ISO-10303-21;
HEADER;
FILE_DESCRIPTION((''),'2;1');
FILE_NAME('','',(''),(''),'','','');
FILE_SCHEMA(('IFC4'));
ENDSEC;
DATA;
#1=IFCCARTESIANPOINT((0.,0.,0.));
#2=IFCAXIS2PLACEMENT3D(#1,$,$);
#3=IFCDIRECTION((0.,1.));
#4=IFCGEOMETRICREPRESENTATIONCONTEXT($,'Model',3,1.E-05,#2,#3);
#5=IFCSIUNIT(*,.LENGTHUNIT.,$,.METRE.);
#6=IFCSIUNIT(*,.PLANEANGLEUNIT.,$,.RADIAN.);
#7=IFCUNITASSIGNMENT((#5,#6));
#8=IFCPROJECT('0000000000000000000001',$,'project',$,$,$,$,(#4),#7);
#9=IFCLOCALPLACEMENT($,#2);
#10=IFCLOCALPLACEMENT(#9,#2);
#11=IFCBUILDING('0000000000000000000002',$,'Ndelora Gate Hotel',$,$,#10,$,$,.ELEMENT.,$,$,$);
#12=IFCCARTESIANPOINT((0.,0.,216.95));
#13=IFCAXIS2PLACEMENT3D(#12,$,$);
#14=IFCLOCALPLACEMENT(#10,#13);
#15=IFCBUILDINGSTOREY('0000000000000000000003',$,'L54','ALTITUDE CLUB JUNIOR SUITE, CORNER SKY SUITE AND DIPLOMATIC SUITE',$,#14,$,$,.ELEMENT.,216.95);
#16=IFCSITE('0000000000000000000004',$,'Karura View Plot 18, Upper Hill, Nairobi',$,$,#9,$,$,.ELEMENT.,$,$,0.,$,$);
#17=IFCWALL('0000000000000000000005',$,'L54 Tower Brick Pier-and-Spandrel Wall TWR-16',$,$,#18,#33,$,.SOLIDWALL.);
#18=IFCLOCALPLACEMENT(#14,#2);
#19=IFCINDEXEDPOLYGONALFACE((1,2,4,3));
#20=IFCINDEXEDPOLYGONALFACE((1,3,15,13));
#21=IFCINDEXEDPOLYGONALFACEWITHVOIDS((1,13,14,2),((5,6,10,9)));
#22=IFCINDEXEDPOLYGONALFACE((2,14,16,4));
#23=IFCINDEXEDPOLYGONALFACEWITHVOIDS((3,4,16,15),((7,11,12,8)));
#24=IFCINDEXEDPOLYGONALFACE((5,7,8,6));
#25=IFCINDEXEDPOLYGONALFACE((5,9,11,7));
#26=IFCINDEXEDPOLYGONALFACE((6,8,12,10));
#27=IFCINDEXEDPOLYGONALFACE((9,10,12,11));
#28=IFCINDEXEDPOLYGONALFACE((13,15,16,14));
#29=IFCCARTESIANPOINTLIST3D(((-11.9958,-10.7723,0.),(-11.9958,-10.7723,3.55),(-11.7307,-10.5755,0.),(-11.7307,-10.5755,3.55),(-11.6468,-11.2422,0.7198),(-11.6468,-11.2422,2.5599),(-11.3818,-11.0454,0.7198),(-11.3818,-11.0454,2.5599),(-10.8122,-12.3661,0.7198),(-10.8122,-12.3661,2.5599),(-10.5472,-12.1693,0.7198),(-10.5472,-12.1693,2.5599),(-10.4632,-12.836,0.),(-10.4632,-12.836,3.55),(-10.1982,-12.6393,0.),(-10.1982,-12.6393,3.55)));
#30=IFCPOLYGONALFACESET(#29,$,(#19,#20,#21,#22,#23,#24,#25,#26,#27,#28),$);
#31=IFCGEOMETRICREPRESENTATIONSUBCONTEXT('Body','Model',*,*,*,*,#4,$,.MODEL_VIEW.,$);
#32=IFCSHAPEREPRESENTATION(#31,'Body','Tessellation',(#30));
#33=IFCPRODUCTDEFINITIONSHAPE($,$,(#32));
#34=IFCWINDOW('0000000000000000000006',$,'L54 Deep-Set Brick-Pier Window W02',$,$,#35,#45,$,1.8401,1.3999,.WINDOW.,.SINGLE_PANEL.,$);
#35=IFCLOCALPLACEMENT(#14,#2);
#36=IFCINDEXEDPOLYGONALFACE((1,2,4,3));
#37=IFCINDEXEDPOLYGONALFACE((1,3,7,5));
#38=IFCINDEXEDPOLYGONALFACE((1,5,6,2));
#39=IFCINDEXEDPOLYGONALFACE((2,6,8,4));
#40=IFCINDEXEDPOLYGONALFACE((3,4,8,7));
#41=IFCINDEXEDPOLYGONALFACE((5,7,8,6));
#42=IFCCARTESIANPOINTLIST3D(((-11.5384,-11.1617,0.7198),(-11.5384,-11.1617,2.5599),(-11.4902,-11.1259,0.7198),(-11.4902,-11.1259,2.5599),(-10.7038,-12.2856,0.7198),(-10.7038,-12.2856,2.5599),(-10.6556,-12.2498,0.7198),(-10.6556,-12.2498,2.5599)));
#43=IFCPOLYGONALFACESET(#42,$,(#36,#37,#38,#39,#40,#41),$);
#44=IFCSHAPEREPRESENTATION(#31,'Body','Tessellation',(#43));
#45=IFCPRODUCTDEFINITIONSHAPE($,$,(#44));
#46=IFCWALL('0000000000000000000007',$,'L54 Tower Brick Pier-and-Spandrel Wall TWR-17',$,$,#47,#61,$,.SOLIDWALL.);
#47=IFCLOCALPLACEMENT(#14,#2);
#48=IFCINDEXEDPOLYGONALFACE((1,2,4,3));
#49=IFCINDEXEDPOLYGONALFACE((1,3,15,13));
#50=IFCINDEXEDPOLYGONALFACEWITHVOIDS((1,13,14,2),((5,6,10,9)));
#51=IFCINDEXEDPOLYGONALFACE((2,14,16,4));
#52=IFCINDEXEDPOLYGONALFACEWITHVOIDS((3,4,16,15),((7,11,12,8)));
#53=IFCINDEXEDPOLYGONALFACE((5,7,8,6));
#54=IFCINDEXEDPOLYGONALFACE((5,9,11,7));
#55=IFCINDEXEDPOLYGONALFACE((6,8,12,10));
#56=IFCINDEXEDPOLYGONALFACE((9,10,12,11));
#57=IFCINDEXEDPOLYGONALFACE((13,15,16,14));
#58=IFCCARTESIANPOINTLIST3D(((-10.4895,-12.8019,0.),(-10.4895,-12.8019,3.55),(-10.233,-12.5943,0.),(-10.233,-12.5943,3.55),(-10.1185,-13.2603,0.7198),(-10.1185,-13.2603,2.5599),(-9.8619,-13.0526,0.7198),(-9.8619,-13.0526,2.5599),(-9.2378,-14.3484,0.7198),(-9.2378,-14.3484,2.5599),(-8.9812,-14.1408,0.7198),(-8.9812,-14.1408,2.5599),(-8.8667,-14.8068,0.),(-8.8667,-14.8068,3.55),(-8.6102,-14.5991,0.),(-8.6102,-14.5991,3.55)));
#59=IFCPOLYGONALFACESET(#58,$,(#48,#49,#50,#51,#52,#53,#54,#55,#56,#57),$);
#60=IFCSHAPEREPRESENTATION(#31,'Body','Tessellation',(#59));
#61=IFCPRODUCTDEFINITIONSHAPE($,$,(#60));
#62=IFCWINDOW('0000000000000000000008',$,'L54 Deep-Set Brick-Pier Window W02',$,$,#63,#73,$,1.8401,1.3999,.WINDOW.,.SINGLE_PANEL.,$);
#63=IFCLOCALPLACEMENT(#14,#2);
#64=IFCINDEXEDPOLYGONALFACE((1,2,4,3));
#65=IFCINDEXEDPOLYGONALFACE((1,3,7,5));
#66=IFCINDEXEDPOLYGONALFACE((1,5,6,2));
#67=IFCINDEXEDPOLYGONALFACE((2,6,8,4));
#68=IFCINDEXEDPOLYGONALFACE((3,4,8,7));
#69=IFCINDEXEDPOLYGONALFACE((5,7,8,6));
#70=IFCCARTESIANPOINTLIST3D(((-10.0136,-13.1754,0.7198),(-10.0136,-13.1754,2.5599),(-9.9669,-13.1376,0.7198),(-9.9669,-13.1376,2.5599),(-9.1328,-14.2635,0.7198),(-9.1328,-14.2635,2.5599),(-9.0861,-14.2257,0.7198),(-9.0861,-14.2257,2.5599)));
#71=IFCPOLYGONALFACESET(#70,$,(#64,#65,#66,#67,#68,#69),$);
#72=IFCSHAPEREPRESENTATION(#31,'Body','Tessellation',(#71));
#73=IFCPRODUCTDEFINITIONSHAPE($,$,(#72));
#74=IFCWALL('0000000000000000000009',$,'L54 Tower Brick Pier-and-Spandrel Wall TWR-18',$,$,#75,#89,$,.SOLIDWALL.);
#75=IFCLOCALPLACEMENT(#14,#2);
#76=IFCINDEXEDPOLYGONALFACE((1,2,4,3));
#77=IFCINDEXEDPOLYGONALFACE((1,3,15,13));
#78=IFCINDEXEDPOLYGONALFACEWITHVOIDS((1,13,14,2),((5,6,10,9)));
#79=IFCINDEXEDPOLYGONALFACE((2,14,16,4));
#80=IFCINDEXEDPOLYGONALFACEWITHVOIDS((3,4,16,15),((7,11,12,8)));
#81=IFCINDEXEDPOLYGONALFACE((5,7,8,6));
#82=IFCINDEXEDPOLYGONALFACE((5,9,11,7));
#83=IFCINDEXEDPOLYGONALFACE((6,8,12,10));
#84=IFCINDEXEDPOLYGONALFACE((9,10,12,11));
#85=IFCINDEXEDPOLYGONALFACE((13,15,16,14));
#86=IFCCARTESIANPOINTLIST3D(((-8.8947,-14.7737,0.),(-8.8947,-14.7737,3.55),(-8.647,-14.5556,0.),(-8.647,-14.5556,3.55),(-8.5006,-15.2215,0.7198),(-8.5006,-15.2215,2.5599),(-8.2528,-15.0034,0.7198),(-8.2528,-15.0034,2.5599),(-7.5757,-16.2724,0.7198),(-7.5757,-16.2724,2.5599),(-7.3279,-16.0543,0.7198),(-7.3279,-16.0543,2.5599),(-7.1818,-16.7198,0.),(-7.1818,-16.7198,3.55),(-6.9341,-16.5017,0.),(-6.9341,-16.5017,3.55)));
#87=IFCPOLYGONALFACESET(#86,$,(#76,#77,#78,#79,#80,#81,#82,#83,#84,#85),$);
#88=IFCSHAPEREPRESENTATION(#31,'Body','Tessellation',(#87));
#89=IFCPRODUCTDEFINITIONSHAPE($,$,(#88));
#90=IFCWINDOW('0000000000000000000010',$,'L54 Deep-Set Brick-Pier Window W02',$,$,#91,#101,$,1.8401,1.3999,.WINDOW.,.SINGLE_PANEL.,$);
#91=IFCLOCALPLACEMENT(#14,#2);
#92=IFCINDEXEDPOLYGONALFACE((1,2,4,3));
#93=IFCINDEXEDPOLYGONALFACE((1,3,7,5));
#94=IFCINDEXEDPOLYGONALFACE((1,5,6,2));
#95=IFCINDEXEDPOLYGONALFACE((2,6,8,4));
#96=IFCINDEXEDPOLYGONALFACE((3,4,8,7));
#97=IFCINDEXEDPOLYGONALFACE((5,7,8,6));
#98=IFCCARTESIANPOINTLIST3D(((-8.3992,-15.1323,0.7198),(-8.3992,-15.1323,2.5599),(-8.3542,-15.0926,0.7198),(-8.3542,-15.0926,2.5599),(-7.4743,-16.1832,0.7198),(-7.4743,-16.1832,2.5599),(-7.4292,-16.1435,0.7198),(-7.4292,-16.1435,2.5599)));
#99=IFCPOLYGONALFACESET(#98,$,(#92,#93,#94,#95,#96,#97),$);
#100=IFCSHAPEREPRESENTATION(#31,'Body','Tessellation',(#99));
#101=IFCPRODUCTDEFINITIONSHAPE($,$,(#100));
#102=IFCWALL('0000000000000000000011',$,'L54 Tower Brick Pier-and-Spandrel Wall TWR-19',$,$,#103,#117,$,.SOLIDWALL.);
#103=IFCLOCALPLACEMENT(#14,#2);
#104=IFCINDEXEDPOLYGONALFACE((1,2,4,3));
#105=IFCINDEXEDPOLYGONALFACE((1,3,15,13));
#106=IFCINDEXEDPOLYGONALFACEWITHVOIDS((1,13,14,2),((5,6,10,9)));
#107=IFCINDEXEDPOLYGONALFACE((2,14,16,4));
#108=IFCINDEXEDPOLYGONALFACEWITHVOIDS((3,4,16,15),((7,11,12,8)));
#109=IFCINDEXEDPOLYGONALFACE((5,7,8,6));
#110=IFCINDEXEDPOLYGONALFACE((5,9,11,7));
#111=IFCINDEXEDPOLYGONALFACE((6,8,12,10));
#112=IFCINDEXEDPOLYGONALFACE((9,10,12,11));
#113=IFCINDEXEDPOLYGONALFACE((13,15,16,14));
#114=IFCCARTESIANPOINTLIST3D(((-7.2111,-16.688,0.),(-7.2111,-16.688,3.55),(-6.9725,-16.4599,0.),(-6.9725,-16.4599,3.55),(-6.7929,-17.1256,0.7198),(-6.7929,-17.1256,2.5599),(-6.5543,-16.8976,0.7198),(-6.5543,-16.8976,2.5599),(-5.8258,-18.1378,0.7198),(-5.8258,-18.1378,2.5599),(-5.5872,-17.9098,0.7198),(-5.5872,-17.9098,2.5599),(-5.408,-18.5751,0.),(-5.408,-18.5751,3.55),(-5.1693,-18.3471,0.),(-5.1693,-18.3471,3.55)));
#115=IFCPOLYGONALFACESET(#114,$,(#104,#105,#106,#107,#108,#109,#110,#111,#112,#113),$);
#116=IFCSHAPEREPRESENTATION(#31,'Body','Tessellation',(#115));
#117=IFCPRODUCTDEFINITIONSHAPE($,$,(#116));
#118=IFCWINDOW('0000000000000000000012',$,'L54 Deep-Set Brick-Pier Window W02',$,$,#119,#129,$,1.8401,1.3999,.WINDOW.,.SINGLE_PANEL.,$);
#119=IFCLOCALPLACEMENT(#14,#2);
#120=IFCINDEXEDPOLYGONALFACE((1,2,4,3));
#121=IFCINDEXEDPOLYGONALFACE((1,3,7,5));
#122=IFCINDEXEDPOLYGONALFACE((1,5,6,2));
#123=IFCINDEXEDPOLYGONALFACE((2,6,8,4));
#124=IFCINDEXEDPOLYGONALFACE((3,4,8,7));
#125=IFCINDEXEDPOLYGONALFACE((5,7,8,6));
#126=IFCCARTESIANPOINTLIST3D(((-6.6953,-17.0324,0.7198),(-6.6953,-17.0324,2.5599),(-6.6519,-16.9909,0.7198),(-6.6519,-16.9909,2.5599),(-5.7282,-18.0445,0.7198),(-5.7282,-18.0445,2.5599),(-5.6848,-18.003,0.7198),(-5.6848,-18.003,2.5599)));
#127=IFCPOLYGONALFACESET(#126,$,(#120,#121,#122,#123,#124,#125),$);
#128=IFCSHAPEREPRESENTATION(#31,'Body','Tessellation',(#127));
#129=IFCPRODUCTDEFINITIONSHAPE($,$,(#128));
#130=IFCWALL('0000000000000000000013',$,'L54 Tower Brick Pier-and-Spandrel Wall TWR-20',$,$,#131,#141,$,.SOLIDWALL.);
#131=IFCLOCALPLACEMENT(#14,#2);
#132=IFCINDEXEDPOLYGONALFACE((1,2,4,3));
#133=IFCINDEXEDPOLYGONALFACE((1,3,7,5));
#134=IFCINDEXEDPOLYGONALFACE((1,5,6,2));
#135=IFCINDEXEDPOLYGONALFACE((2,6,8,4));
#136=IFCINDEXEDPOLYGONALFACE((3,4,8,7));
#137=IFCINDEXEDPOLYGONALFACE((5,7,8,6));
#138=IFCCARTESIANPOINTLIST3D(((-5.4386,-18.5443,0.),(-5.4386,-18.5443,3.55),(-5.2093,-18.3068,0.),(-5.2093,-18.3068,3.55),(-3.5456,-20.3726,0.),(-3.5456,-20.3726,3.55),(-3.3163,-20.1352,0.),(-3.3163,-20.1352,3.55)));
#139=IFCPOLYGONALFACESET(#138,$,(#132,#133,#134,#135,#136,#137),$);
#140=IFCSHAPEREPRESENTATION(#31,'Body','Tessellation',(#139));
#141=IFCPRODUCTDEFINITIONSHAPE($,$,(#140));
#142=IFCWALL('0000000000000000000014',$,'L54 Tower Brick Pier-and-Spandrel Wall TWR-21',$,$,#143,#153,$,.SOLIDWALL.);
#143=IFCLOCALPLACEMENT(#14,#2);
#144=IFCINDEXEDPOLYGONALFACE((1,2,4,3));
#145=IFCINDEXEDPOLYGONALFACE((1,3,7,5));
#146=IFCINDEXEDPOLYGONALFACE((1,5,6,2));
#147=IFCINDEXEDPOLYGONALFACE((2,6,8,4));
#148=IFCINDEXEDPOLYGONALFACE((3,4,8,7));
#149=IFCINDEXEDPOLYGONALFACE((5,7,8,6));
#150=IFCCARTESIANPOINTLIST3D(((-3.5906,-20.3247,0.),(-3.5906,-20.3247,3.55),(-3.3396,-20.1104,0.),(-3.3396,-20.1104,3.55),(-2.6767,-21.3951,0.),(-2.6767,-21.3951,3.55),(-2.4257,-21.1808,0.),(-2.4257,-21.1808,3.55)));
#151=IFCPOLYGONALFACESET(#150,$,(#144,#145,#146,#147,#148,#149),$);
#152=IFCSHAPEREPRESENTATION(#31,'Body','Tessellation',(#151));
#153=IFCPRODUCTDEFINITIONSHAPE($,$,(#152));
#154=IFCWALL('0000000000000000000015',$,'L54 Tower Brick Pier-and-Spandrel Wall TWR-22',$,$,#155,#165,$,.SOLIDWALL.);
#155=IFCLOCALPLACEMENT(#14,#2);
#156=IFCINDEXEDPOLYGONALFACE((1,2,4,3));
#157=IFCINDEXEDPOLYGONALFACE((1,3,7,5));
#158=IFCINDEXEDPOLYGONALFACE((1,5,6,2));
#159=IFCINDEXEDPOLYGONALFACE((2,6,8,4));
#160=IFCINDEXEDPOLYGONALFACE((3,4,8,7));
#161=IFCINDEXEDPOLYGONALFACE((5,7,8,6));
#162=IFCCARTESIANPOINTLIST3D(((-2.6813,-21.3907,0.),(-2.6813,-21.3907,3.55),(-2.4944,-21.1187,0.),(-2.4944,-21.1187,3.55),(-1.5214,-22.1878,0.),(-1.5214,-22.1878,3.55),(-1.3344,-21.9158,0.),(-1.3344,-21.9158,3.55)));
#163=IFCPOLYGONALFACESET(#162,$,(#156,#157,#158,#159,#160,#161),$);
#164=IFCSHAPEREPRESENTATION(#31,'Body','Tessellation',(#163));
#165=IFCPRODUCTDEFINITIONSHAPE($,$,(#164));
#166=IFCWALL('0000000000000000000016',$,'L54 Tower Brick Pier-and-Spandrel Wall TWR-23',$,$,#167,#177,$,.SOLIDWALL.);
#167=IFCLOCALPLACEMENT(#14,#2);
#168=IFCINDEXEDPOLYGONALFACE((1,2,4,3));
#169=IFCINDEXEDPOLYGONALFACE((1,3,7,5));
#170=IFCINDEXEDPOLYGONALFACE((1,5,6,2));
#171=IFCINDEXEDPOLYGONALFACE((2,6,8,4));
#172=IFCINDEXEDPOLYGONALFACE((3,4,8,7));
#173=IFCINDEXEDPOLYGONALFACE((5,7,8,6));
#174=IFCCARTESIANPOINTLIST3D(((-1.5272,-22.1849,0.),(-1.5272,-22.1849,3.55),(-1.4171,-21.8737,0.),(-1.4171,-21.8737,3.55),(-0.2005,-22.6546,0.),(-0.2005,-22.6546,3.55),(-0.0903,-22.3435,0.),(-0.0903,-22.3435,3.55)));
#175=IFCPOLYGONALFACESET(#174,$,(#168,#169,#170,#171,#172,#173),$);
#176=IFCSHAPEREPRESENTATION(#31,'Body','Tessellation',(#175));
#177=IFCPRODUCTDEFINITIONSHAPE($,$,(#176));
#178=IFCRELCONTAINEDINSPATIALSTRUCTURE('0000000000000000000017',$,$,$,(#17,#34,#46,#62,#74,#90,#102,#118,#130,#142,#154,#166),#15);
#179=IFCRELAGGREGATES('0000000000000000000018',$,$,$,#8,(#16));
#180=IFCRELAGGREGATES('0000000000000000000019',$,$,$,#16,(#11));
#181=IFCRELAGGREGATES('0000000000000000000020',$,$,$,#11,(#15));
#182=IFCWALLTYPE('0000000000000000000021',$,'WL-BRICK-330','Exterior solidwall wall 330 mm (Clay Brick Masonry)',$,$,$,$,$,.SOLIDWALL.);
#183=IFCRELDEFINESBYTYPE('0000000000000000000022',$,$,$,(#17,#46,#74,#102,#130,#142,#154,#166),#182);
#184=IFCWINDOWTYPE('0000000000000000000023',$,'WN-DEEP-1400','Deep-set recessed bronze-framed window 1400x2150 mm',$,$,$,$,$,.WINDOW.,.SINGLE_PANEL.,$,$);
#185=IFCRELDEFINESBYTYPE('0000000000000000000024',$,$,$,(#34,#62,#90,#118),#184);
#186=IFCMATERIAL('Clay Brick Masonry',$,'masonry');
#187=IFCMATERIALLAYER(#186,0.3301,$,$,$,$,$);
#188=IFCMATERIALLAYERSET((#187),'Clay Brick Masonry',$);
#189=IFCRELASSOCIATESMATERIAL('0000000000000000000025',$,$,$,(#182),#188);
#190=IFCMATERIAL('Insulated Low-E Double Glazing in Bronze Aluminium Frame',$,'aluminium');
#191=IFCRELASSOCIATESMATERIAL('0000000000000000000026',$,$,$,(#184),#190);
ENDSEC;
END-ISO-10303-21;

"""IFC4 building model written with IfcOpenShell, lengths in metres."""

from ifc_helpers import new_model, si_unit, direction, frame, frame_2d, origin, place, context, subcontext, project, spatial, rectangle, extrude, material, layer, layer_set, type_object, element, fill, save


model = new_model("IFC4")

# Units and contexts
model_context = context("Model", 3, precision=1e-05, world=origin(), true_north=direction((0.0, 1.0)))
body_context = subcontext(model_context, "Body", "Model", "MODEL_VIEW")
ifc_project = project(units=[si_unit("LENGTHUNIT", "METRE"), si_unit("PLANEANGLEUNIT", "RADIAN")], contexts=[model_context])

# Site, building, storey
site_placement = place(None, origin())
site = spatial("IfcSite", under=ifc_project, at=site_placement, Name="Karura View Plot 18, Upper Hill, Nairobi", CompositionType="ELEMENT", RefElevation=0.0)
building_placement = place(site_placement, origin())
building = spatial("IfcBuilding", under=site, at=building_placement, Name="Ndelora Gate Hotel", CompositionType="ELEMENT")
storey_placement = place(building_placement, frame((0.0, 0.0, 216.95)))
storey = spatial("IfcBuildingStorey", under=building, at=storey_placement, Name="L54", Description="ALTITUDE CLUB JUNIOR SUITE, CORNER SKY SUITE AND DIPLOMATIC SUITE", CompositionType="ELEMENT", Elevation=216.95)

# Shared definitions
ifc_material_1 = material(Name="Clay Brick Masonry", Category="masonry")
ifc_layer_1 = layer(ifc_material_1, 0.3301)
ifc_layer_set_1 = layer_set([ifc_layer_1], Name="Clay Brick Masonry")
wall_type_1 = type_object("IfcWallType", Name="WL-BRICK-330", Description="Exterior solidwall wall 330 mm (Clay Brick Masonry)", PredefinedType="SOLIDWALL", material=ifc_layer_set_1)

# Walls, openings, windows
wall_1_placement = place(storey_placement, frame((-10.3308, -12.7375, 0.0), z_axis=(0.0, 0.0, 1.0), x_axis=(-0.596179, 0.802852, 0.0)))
wall_1 = element("IfcWall", 1, at=wall_1_placement, inside=storey, type_object=wall_type_1, Name="L54 Tower Brick Pier-and-Spandrel Wall TWR-16", PredefinedType="SOLIDWALL", context=body_context, shape_type="SweptSolid", body=[
    extrude(rectangle(XDim=2.5706, YDim=0.3301, at=frame_2d((1.2852, 0.0))), origin(), (0.0, 0.0, 1.0), 3.55),
])
opening_1_placement = place(wall_1_placement, frame((0.5852, 0.0, 0.72)))
opening_1 = element("IfcOpeningElement", 2, at=opening_1_placement, cuts=wall_1, PredefinedType="OPENING", context=body_context, shape_type="SweptSolid", body=[
    extrude(rectangle(XDim=1.3999, YDim=1.8401, at=frame_2d((0.7, 0.9199))), frame((0.0, 0.175, 0.0), z_axis=(0.0, -1.0, 0.0), x_axis=(1.0, 0.0, 0.0)), (0.0, 0.0, 1.0), 0.3501),
])
ifc_material_2 = material(Name="Insulated Low-E Double Glazing in Bronze Aluminium Frame", Category="aluminium")
window_type = type_object("IfcWindowType", Name="WN-DEEP-1400", Description="Deep-set recessed bronze-framed window 1400x2150 mm", PartitioningType="SINGLE_PANEL", PredefinedType="WINDOW", material=ifc_material_2)
window_1_placement = place(opening_1_placement, origin())
window_1 = element("IfcWindow", 3, at=window_1_placement, inside=storey, type_object=window_type, Name="L54 Deep-Set Brick-Pier Window W02", OverallHeight=1.8401, OverallWidth=1.3999, PartitioningType="SINGLE_PANEL", PredefinedType="WINDOW", context=body_context, shape_type="SweptSolid", body=[
    extrude(rectangle(XDim=1.3999, YDim=1.8401, at=frame_2d((0.7, 0.9199))), frame((0.0, 0.03, 0.0), z_axis=(0.0, -1.0, 0.0), x_axis=(1.0, 0.0, 0.0)), (0.0, 0.0, 1.0), 0.0601),
])
fill(opening_1, window_1)
wall_2_placement = place(storey_placement, frame((-8.7385, -14.7029, 0.0), z_axis=(0.0, 0.0, 1.0), x_axis=(-0.629152, 0.777282, 0.0)))
wall_2 = element("IfcWall", 4, at=wall_2_placement, inside=storey, type_object=wall_type_1, Name="L54 Tower Brick Pier-and-Spandrel Wall TWR-17", PredefinedType="SOLIDWALL", context=body_context, shape_type="SweptSolid", body=[
    extrude(rectangle(XDim=2.5793, YDim=0.3301, at=frame_2d((1.2896, 0.0))), origin(), (0.0, 0.0, 1.0), 3.55),
])
opening_2_placement = place(wall_2_placement, frame((0.5896, 0.0, 0.72)))
opening_2 = element("IfcOpeningElement", 5, at=opening_2_placement, cuts=wall_2, PredefinedType="OPENING", context=body_context, shape_type="SweptSolid", body=[
    extrude(rectangle(XDim=1.3999, YDim=1.8401, at=frame_2d((0.7, 0.9199))), frame((0.0, 0.175, 0.0), z_axis=(0.0, -1.0, 0.0), x_axis=(1.0, 0.0, 0.0)), (0.0, 0.0, 1.0), 0.3501),
])
window_2_placement = place(opening_2_placement, origin())
window_2 = element("IfcWindow", 6, at=window_2_placement, inside=storey, type_object=window_type, Name="L54 Deep-Set Brick-Pier Window W02", OverallHeight=1.8401, OverallWidth=1.3999, PartitioningType="SINGLE_PANEL", PredefinedType="WINDOW", context=body_context, shape_type="SweptSolid", body=[
    extrude(rectangle(XDim=1.3999, YDim=1.8401, at=frame_2d((0.7, 0.9199))), frame((0.0, 0.03, 0.0), z_axis=(0.0, -1.0, 0.0), x_axis=(1.0, 0.0, 0.0)), (0.0, 0.0, 1.0), 0.0601),
])
fill(opening_2, window_2)
wall_3_placement = place(storey_placement, frame((-7.0579, -16.6108, 0.0), z_axis=(0.0, 0.0, 1.0), x_axis=(-0.660709, 0.750643, 0.0)))
wall_3 = element("IfcWall", 7, at=wall_3_placement, inside=storey, type_object=wall_type_1, Name="L54 Tower Brick Pier-and-Spandrel Wall TWR-18", PredefinedType="SOLIDWALL", context=body_context, shape_type="SweptSolid", body=[
    extrude(rectangle(XDim=2.5925, YDim=0.3301, at=frame_2d((1.2964, 0.0))), origin(), (0.0, 0.0, 1.0), 3.55),
])
opening_3_placement = place(wall_3_placement, frame((0.5962, 0.0, 0.72)))
opening_3 = element("IfcOpeningElement", 8, at=opening_3_placement, cuts=wall_3, PredefinedType="OPENING", context=body_context, shape_type="SweptSolid", body=[
    extrude(rectangle(XDim=1.3999, YDim=1.8401, at=frame_2d((0.7, 0.9199))), frame((0.0, 0.175, 0.0), z_axis=(0.0, -1.0, 0.0), x_axis=(1.0, 0.0, 0.0)), (0.0, 0.0, 1.0), 0.3501),
])
window_3_placement = place(opening_3_placement, origin())
window_3 = element("IfcWindow", 9, at=window_3_placement, inside=storey, type_object=window_type, Name="L54 Deep-Set Brick-Pier Window W02", OverallHeight=1.8401, OverallWidth=1.3999, PartitioningType="SINGLE_PANEL", PredefinedType="WINDOW", context=body_context, shape_type="SweptSolid", body=[
    extrude(rectangle(XDim=1.3999, YDim=1.8401, at=frame_2d((0.7, 0.9199))), frame((0.0, 0.03, 0.0), z_axis=(0.0, -1.0, 0.0), x_axis=(1.0, 0.0, 0.0)), (0.0, 0.0, 1.0), 0.0601),
])
fill(opening_3, window_3)
wall_4_placement = place(storey_placement, frame((-5.2886, -18.4612, 0.0), z_axis=(0.0, 0.0, 1.0), x_axis=(-0.690836, 0.723011, 0.0)))
wall_4 = element("IfcWall", 10, at=wall_4_placement, inside=storey, type_object=wall_type_1, Name="L54 Tower Brick Pier-and-Spandrel Wall TWR-19", PredefinedType="SOLIDWALL", context=body_context, shape_type="SweptSolid", body=[
    extrude(rectangle(XDim=2.6101, YDim=0.3301, at=frame_2d((1.3052, 0.0))), origin(), (0.0, 0.0, 1.0), 3.55),
])
opening_4_placement = place(wall_4_placement, frame((0.605, 0.0, 0.72)))
opening_4 = element("IfcOpeningElement", 11, at=opening_4_placement, cuts=wall_4, PredefinedType="OPENING", context=body_context, shape_type="SweptSolid", body=[
    extrude(rectangle(XDim=1.3999, YDim=1.8401, at=frame_2d((0.7, 0.9199))), frame((0.0, 0.175, 0.0), z_axis=(0.0, -1.0, 0.0), x_axis=(1.0, 0.0, 0.0)), (0.0, 0.0, 1.0), 0.3501),
])
window_4_placement = place(opening_4_placement, origin())
window_4 = element("IfcWindow", 12, at=window_4_placement, inside=storey, type_object=window_type, Name="L54 Deep-Set Brick-Pier Window W02", OverallHeight=1.8401, OverallWidth=1.3999, PartitioningType="SINGLE_PANEL", PredefinedType="WINDOW", context=body_context, shape_type="SweptSolid", body=[
    extrude(rectangle(XDim=1.3999, YDim=1.8401, at=frame_2d((0.7, 0.9199))), frame((0.0, 0.03, 0.0), z_axis=(0.0, -1.0, 0.0), x_axis=(1.0, 0.0, 0.0)), (0.0, 0.0, 1.0), 0.0601),
])
fill(opening_4, window_4)

# Walls
wall_5_placement = place(storey_placement, frame((-3.4309, -20.2539, 0.0), z_axis=(0.0, 0.0, 1.0), x_axis=(-0.719291, 0.694709, 0.0)))
element("IfcWall", 13, at=wall_5_placement, inside=storey, type_object=wall_type_1, Name="L54 Tower Brick Pier-and-Spandrel Wall TWR-20", PredefinedType="SOLIDWALL", context=body_context, shape_type="SweptSolid", body=[
    extrude(rectangle(XDim=2.6318, YDim=0.3301, at=frame_2d((1.3159, 0.0))), origin(), (0.0, 0.0, 1.0), 3.55),
])
for number, where, z_axis, x_axis, name in (
    (14, (-2.5513, -21.2878, 0.0), (0.0, 0.0, 1.0), (-0.649319, 0.760516, 0.0), "L54 Tower Brick Pier-and-Spandrel Wall TWR-21"),
    (15, (-1.428, -22.0518, 0.0), (0.0, 0.0, 1.0), (-0.824148, 0.566374, 0.0), "L54 Tower Brick Pier-and-Spandrel Wall TWR-22"),
    (16, (-0.1455, -22.499, 0.0), (0.0, 0.0, 1.0), (-0.942657, 0.333764, 0.0), "L54 Tower Brick Pier-and-Spandrel Wall TWR-23"),
):
    element("IfcWall", number, at=place(storey_placement, frame(where, z_axis=z_axis, x_axis=x_axis)), inside=storey, type_object=wall_type_1, Name=name, PredefinedType="SOLIDWALL", context=body_context, shape_type="SweptSolid", body=[
        extrude(rectangle(XDim=1.4075, YDim=0.3301, at=frame_2d((0.7036, 0.0))), origin(), (0.0, 0.0, 1.0), 3.55),
    ])

save(model, "model.ifc")
